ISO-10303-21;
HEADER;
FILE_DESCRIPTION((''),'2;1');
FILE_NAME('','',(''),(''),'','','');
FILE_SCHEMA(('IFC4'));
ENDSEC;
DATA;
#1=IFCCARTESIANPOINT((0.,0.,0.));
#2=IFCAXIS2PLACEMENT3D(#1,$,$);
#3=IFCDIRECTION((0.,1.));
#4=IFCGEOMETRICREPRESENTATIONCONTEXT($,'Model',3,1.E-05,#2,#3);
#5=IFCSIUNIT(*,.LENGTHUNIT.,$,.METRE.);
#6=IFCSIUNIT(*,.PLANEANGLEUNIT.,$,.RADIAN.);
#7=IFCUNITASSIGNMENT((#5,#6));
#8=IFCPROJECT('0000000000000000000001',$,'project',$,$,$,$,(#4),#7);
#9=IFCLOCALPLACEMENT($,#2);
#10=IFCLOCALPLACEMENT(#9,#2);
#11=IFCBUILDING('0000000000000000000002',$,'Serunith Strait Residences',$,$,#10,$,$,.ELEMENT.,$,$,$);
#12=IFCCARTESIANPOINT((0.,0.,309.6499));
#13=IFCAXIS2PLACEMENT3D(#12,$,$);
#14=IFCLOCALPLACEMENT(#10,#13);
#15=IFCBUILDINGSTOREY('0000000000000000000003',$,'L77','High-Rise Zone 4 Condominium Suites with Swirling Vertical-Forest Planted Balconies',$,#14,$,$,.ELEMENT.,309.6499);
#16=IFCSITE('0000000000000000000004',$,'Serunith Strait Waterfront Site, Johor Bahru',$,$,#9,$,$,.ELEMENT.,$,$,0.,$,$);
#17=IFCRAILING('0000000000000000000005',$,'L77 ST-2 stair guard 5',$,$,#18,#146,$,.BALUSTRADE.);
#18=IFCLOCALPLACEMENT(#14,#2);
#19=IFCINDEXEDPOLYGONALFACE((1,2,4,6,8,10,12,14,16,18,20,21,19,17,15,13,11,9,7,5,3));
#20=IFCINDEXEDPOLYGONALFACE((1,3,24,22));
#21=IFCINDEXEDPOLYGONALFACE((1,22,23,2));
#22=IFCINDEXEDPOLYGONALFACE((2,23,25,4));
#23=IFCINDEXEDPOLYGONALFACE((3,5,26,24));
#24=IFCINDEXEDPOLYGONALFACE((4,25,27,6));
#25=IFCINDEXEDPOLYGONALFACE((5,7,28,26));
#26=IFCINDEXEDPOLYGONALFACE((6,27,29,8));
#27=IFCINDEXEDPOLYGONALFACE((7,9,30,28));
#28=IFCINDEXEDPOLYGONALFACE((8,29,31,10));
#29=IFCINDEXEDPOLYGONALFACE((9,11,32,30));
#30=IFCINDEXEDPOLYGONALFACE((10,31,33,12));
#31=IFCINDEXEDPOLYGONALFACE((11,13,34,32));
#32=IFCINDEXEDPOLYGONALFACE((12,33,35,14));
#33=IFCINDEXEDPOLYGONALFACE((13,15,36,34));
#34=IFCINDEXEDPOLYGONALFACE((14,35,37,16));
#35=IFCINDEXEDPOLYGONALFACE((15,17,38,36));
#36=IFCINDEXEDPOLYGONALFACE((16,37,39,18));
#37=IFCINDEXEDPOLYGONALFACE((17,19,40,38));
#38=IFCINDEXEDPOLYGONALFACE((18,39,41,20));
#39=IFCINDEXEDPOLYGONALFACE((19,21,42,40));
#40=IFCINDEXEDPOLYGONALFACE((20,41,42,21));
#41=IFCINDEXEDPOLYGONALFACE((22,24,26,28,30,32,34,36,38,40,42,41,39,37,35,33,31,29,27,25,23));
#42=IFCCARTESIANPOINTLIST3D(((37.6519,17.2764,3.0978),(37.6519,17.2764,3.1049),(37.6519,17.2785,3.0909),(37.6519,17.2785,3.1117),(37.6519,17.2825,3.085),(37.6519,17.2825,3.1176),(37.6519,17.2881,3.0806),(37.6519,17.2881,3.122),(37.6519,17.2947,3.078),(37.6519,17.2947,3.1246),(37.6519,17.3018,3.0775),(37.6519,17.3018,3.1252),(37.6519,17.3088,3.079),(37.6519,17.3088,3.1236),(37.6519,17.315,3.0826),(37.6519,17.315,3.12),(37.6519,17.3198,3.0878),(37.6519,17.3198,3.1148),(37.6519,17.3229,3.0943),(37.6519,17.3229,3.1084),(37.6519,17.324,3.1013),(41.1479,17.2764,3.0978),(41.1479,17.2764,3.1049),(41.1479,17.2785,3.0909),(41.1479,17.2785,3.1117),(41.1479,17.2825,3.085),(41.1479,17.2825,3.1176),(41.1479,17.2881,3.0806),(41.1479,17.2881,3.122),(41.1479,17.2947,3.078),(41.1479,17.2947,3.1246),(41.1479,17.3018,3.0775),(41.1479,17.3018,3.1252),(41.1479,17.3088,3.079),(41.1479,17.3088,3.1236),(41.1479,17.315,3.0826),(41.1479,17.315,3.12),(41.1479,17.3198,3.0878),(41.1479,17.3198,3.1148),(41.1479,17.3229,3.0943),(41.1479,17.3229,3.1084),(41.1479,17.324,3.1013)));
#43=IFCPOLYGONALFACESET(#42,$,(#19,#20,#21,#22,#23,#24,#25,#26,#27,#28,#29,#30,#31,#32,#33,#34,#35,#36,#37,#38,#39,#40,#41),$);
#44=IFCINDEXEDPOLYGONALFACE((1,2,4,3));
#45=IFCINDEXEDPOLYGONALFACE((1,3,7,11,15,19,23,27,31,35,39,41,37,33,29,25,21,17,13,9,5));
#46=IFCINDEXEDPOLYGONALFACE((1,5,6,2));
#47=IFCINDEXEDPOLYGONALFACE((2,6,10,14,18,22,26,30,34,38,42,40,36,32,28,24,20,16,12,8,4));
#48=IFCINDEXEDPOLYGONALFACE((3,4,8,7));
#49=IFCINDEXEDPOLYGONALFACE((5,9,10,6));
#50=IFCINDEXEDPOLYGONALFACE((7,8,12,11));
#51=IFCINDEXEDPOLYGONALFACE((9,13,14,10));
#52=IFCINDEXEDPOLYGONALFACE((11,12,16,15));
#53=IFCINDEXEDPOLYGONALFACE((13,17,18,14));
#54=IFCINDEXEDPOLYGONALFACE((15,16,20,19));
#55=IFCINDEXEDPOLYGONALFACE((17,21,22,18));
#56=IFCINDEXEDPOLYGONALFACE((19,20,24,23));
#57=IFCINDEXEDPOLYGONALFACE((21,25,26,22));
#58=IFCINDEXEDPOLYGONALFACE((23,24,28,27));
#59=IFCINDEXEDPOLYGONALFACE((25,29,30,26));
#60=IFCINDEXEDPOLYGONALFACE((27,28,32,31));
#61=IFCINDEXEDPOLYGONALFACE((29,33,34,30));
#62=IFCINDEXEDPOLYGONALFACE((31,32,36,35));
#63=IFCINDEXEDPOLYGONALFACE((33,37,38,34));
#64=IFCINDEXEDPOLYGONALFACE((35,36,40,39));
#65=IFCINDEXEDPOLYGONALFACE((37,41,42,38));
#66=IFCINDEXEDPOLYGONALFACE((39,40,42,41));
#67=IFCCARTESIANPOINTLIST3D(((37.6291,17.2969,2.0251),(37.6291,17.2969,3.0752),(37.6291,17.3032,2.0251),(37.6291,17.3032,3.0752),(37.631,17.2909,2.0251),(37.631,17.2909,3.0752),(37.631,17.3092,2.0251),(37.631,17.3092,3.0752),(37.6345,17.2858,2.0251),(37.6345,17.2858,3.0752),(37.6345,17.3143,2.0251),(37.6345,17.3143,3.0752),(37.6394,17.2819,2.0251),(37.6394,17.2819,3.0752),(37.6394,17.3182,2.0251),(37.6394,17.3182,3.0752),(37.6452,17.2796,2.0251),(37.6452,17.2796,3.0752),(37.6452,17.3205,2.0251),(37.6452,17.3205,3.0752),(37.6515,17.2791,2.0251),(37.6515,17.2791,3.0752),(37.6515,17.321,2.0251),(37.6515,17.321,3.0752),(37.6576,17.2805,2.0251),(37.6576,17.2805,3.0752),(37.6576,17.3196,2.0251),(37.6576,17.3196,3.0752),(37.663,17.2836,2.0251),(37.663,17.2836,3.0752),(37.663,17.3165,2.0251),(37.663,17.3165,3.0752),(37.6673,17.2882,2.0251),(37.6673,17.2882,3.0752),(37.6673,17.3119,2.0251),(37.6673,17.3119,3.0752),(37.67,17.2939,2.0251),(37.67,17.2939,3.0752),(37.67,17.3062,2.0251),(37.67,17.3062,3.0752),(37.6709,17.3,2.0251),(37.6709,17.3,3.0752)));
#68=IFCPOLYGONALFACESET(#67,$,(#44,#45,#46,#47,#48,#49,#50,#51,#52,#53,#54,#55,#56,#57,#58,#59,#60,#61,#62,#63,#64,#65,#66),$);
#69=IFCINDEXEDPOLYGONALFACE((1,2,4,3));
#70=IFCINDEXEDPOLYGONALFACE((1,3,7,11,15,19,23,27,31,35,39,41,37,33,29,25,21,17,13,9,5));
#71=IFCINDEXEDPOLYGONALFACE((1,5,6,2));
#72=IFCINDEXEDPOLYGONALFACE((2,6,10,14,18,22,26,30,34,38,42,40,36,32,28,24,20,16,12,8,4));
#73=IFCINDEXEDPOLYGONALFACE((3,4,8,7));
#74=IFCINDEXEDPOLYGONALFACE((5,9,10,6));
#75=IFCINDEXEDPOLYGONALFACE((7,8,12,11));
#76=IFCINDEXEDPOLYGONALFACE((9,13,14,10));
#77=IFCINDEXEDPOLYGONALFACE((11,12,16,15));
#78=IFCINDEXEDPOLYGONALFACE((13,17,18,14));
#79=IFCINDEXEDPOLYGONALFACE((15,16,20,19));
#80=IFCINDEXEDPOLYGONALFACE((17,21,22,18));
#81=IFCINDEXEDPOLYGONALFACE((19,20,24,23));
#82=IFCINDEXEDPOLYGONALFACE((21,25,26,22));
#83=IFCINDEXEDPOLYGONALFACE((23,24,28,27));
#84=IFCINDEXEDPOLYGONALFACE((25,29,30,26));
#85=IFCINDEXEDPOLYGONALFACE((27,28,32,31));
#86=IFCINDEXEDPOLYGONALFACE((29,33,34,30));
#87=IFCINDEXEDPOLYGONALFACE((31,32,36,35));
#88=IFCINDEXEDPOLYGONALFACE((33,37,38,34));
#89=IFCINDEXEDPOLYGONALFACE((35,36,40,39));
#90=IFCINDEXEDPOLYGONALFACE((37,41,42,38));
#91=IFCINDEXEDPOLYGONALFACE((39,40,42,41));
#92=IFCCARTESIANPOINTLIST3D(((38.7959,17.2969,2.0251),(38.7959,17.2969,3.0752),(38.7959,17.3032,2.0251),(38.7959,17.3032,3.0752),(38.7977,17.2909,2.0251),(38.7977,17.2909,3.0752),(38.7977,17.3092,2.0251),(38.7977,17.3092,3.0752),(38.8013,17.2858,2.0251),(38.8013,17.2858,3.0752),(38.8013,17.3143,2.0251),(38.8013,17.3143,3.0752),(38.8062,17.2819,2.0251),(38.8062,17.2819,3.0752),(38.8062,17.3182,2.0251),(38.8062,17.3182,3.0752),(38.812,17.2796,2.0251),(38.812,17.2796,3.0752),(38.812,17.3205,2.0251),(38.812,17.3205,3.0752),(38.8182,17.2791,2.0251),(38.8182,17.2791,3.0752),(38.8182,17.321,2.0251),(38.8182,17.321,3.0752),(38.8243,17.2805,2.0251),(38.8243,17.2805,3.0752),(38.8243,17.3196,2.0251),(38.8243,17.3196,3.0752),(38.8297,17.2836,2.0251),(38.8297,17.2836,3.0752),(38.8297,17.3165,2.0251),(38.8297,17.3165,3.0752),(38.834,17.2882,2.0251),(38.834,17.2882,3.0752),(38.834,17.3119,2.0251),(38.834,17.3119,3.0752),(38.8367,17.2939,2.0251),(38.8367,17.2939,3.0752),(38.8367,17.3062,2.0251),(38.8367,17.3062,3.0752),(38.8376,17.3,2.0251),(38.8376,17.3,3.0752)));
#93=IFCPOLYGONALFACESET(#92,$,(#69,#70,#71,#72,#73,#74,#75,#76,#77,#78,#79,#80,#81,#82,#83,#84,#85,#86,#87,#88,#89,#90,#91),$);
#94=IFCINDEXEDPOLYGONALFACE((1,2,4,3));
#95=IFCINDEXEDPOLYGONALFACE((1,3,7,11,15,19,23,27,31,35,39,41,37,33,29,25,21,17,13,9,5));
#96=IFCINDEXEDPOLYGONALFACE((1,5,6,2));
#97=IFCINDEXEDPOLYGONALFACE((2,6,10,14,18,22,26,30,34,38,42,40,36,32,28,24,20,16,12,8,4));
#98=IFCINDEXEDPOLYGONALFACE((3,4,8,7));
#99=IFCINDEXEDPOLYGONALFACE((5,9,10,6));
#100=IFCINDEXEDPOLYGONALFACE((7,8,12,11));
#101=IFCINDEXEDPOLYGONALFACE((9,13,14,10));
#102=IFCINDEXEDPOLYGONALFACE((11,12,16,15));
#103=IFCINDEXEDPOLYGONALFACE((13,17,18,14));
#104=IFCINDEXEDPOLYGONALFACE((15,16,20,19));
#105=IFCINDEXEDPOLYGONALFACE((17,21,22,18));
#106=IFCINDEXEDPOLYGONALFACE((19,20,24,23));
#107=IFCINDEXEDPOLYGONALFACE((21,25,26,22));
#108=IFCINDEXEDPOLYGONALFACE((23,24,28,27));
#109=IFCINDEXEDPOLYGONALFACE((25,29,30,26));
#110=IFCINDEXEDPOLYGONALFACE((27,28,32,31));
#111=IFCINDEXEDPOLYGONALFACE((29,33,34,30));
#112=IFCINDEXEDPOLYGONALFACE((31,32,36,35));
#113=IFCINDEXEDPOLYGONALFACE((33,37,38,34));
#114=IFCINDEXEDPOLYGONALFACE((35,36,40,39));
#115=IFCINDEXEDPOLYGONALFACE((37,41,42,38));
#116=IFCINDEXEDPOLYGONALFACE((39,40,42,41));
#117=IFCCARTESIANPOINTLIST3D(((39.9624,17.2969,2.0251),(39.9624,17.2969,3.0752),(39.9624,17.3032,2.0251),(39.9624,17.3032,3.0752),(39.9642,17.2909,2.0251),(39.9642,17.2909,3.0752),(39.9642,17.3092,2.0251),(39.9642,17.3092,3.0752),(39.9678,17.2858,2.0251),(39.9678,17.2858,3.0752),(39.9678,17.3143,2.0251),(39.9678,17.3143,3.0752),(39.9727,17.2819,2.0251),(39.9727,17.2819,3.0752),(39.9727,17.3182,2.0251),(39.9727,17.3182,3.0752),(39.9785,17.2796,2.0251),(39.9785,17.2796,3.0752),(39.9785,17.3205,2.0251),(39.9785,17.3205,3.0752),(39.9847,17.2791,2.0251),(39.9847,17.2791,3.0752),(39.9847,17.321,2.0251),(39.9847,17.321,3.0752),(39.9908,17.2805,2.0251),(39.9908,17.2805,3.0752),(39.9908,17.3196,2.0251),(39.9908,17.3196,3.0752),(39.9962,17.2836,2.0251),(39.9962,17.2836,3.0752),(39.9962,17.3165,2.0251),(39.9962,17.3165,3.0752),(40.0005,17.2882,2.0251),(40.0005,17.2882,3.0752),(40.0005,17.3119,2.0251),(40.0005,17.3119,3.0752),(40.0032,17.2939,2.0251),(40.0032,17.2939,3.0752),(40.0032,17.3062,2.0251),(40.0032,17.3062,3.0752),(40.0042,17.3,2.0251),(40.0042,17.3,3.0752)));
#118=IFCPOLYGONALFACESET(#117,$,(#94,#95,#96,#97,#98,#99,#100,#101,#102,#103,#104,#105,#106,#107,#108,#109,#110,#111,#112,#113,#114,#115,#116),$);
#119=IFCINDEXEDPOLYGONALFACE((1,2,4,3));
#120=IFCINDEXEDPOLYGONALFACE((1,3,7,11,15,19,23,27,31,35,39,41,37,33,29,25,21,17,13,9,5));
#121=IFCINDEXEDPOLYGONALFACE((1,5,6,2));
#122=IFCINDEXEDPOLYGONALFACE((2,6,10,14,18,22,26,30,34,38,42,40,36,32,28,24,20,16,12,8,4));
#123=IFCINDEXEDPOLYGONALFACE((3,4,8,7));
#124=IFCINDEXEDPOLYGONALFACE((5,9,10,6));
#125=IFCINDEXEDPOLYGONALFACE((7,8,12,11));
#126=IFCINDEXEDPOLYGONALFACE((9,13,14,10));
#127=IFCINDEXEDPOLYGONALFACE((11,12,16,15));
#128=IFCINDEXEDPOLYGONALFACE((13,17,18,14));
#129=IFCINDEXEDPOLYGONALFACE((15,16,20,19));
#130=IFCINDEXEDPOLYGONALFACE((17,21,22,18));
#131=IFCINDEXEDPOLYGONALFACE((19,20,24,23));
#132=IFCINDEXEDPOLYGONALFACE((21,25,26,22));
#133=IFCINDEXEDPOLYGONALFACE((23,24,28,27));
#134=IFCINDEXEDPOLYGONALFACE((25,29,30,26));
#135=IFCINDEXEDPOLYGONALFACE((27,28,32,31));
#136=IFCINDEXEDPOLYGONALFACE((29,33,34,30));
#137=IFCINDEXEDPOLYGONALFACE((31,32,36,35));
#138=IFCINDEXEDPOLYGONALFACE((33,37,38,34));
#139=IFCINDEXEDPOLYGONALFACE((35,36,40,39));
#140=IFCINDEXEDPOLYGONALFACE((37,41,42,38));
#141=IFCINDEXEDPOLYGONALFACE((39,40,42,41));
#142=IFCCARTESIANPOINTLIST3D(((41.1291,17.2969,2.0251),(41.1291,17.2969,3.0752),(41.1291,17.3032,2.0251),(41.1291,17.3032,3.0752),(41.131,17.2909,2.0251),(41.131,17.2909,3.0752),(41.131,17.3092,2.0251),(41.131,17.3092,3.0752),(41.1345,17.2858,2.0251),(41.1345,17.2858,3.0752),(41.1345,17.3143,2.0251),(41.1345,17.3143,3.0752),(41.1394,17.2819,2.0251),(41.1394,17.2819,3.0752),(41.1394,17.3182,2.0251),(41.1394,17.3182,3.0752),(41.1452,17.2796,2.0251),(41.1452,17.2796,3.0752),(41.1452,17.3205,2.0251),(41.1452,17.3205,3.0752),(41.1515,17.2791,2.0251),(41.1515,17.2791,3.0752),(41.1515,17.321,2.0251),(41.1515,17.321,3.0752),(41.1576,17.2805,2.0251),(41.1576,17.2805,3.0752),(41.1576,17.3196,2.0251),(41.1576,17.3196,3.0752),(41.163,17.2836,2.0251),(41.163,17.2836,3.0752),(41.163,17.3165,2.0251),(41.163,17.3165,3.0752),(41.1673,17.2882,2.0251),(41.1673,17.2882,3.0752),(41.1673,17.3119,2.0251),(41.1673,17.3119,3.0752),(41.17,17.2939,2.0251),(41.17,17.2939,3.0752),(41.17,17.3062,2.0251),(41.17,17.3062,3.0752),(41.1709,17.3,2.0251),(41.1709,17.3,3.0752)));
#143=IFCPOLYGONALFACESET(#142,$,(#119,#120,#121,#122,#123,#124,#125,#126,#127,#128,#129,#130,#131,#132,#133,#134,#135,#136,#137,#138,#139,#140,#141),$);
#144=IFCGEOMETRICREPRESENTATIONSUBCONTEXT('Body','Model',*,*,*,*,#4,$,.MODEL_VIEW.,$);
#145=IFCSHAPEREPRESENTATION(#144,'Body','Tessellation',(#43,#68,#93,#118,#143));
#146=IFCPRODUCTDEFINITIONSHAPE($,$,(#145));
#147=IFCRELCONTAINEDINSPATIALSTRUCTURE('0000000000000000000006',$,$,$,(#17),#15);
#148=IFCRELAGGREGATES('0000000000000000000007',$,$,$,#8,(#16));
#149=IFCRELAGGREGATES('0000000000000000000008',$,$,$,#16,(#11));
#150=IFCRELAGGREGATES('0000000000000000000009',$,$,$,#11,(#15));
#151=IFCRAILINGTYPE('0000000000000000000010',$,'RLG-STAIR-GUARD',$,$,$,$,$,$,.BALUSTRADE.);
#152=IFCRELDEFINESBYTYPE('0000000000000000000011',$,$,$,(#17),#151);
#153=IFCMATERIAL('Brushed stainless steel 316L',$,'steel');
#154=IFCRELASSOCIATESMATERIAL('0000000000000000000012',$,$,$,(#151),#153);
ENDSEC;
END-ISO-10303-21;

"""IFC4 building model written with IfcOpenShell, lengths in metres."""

from ifc_helpers import new_model, si_unit, direction, frame, origin, origin_2d, place, context, subcontext, project, spatial, circle, extrude, material, type_object, element, save


model = new_model("IFC4")

# Units and contexts
model_context = context("Model", 3, precision=1e-05, world=origin(), true_north=direction((0.0, 1.0)))
body_context = subcontext(model_context, "Body", "Model", "MODEL_VIEW")
ifc_project = project(units=[si_unit("LENGTHUNIT", "METRE"), si_unit("PLANEANGLEUNIT", "RADIAN")], contexts=[model_context])

# Site, building, storey
site_placement = place(None, origin())
site = spatial("IfcSite", under=ifc_project, at=site_placement, Name="Serunith Strait Waterfront Site, Johor Bahru", CompositionType="ELEMENT", RefElevation=0.0)
building_placement = place(site_placement, origin())
building = spatial("IfcBuilding", under=site, at=building_placement, Name="Serunith Strait Residences", CompositionType="ELEMENT")
storey_placement = place(building_placement, frame((0.0, 0.0, 309.6499)))
storey = spatial("IfcBuildingStorey", under=building, at=storey_placement, Name="L77", Description="High-Rise Zone 4 Condominium Suites with Swirling Vertical-Forest Planted Balconies", CompositionType="ELEMENT", Elevation=309.6499)

# Railing
ifc_material_1 = material(Name="Brushed stainless steel 316L", Category="steel")
railing_type_1 = type_object("IfcRailingType", Name="RLG-STAIR-GUARD", PredefinedType="BALUSTRADE", material=ifc_material_1)
railing_1_placement = place(storey_placement, frame((37.6499, 17.3, 2.0251)))
element("IfcRailing", 1, at=railing_1_placement, inside=storey, type_object=railing_type_1, Name="L77 ST-2 stair guard 5", PredefinedType="BALUSTRADE", context=body_context, shape_type="SweptSolid", body=[
    extrude(circle(Radius=0.0239, at=origin_2d()), frame((0.002, 0.0, 1.0762), z_axis=(1.0, 0.0, 0.0), x_axis=(0.0, 1.0, 0.0)), (0.0, 0.0, 1.0), 3.4961),
    extrude(circle(Radius=0.021, at=origin_2d()), origin(), (0.0, 0.0, 1.0), 1.05),
    extrude(circle(Radius=0.021, at=origin_2d()), frame((1.1667, 0.0, 0.0)), (0.0, 0.0, 1.0), 1.05),
    extrude(circle(Radius=0.021, at=origin_2d()), frame((2.3333, 0.0, 0.0)), (0.0, 0.0, 1.0), 1.05),
    extrude(circle(Radius=0.021, at=origin_2d()), frame((3.5, 0.0, 0.0)), (0.0, 0.0, 1.0), 1.05),
])

save(model, "model.ifc")
